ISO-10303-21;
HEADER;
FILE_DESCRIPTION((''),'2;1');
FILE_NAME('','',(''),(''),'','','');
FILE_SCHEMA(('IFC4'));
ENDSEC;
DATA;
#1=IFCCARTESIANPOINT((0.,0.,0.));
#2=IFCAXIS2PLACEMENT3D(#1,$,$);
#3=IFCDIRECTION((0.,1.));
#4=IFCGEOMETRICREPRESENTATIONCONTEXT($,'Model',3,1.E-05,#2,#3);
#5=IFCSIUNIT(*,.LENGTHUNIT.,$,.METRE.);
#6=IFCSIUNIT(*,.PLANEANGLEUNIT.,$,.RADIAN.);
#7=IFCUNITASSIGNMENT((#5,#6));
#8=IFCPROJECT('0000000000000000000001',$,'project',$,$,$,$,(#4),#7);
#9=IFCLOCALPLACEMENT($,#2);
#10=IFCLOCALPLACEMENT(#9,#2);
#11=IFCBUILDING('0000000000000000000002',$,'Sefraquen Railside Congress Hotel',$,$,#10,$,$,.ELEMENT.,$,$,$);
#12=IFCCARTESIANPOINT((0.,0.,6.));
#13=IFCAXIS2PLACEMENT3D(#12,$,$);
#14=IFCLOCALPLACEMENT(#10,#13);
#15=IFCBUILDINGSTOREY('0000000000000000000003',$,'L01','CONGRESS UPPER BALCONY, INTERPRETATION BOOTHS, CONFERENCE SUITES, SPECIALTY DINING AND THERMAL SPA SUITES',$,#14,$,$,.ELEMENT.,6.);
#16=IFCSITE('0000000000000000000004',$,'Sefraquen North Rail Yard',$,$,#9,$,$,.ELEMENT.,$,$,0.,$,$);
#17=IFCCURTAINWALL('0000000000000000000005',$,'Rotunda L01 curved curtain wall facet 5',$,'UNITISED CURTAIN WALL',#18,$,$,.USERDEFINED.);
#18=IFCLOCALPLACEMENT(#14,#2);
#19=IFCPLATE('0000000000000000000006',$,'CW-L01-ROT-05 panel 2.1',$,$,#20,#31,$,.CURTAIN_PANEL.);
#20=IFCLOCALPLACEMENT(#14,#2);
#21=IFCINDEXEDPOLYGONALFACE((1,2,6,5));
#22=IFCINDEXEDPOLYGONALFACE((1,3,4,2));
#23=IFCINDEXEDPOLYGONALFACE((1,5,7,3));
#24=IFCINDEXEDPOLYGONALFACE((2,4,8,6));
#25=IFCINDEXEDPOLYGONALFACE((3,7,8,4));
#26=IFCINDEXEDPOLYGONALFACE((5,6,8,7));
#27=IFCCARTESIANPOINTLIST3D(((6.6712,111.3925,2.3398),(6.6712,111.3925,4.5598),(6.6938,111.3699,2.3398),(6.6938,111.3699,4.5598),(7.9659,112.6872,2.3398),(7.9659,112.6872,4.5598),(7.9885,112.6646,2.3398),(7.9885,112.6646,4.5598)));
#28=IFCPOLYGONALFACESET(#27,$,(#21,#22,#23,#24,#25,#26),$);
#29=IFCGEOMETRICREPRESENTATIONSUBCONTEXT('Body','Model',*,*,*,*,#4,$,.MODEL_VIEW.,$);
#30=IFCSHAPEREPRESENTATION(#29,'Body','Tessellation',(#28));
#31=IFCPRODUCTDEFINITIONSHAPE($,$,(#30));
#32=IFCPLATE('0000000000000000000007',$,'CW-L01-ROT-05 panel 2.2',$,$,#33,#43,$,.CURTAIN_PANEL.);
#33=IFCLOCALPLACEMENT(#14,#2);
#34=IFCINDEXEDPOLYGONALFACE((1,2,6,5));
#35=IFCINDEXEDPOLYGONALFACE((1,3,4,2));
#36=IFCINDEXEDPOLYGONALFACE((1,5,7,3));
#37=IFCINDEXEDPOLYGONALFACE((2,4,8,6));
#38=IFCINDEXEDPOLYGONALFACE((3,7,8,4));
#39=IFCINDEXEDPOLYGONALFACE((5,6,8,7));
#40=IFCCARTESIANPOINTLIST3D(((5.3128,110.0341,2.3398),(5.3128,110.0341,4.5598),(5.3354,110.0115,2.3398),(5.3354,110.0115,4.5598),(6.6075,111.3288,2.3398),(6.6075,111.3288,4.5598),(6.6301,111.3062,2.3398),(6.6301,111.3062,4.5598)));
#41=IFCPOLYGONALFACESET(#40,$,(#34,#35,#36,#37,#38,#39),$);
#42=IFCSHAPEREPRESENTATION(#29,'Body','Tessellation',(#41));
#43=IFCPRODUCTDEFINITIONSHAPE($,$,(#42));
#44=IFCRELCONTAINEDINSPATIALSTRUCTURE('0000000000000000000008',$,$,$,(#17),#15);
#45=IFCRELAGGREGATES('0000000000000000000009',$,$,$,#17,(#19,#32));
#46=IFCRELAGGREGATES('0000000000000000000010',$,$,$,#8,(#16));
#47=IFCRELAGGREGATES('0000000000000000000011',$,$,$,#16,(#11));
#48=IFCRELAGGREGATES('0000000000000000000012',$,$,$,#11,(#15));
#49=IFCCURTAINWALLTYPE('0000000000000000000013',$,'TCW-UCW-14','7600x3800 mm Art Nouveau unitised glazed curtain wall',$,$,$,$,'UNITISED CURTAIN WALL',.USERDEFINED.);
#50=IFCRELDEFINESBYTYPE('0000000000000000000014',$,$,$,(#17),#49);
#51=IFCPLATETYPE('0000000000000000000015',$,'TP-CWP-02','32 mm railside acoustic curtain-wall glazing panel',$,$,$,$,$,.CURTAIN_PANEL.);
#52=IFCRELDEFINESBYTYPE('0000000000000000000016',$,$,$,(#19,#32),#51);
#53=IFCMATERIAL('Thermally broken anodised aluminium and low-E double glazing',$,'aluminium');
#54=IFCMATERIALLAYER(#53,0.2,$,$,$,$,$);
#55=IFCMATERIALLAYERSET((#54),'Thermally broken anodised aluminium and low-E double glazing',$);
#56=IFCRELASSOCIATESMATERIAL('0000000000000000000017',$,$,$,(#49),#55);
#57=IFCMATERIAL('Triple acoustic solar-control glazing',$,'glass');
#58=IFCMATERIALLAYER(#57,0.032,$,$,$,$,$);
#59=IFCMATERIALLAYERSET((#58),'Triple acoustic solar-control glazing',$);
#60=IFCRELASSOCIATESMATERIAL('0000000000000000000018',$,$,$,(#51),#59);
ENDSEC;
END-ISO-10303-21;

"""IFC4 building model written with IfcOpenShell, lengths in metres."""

from ifc_helpers import new_model, si_unit, direction, frame, origin, origin_2d, place, context, subcontext, project, spatial, rectangle, extrude, material, layer, layer_set, type_object, element, aggregate, save


model = new_model("IFC4")

# Units and contexts
model_context = context("Model", 3, precision=1e-05, world=origin(), true_north=direction((0.0, 1.0)))
body_context = subcontext(model_context, "Body", "Model", "MODEL_VIEW")
ifc_project = project(units=[si_unit("LENGTHUNIT", "METRE"), si_unit("PLANEANGLEUNIT", "RADIAN")], contexts=[model_context])

# Site, building, storey
site_placement = place(None, origin())
site = spatial("IfcSite", under=ifc_project, at=site_placement, Name="Sefraquen North Rail Yard", CompositionType="ELEMENT", RefElevation=0.0)
building_placement = place(site_placement, origin())
building = spatial("IfcBuilding", under=site, at=building_placement, Name="Sefraquen Railside Congress Hotel", CompositionType="ELEMENT")
storey_placement = place(building_placement, frame((0.0, 0.0, 6.0)))
storey = spatial("IfcBuildingStorey", under=building, at=storey_placement, Name="L01", Description="CONGRESS UPPER BALCONY, INTERPRETATION BOOTHS, CONFERENCE SUITES, SPECIALTY DINING AND THERMAL SPA SUITES", CompositionType="ELEMENT", Elevation=6.0)

# Curtain wall
ifc_material_1 = material(Name="Thermally broken anodised aluminium and low-E double glazing", Category="aluminium")
ifc_layer_1 = layer(ifc_material_1, 0.2)
ifc_layer_set_1 = layer_set([ifc_layer_1], Name="Thermally broken anodised aluminium and low-E double glazing")
curtain_wall_type_1 = type_object("IfcCurtainWallType", Name="TCW-UCW-14", Description="7600x3800 mm Art Nouveau unitised glazed curtain wall", ElementType="UNITISED CURTAIN WALL", PredefinedType="USERDEFINED", material=ifc_layer_set_1)
curtain_wall_1_placement = place(storey_placement, origin())
curtain_wall_1 = element("IfcCurtainWall", 1, at=curtain_wall_1_placement, inside=storey, type_object=curtain_wall_type_1, Name="Rotunda L01 curved curtain wall facet 5", ObjectType="UNITISED CURTAIN WALL", PredefinedType="USERDEFINED")

# Plates
ifc_material_2 = material(Name="Triple acoustic solar-control glazing", Category="glass")
ifc_layer_2 = layer(ifc_material_2, 0.032)
ifc_layer_set_2 = layer_set([ifc_layer_2], Name="Triple acoustic solar-control glazing")
plate_type_1 = type_object("IfcPlateType", Name="TP-CWP-02", Description="32 mm railside acoustic curtain-wall glazing panel", PredefinedType="CURTAIN_PANEL", material=ifc_layer_set_2)
plate_1_placement = place(storey_placement, frame((7.3298, 112.0286, 2.3398), z_axis=(0.0, 0.0, 1.0), x_axis=(-0.707107, -0.707107, 0.0)))
plate_1 = element("IfcPlate", 2, at=plate_1_placement, type_object=plate_type_1, Name="CW-L01-ROT-05 panel 2.1", PredefinedType="CURTAIN_PANEL", context=body_context, shape_type="SweptSolid", body=[
    extrude(rectangle(XDim=1.8311, YDim=0.032, at=origin_2d()), origin(), (0.0, 0.0, 1.0), 2.22),
])
plate_2_placement = place(storey_placement, frame((5.9714, 110.6702, 2.3398), z_axis=(0.0, 0.0, 1.0), x_axis=(-0.707107, -0.707107, 0.0)))
plate_2 = element("IfcPlate", 3, at=plate_2_placement, type_object=plate_type_1, Name="CW-L01-ROT-05 panel 2.2", PredefinedType="CURTAIN_PANEL", context=body_context, shape_type="SweptSolid", body=[
    extrude(rectangle(XDim=1.8311, YDim=0.032, at=origin_2d()), origin(), (0.0, 0.0, 1.0), 2.22),
])
aggregate(curtain_wall_1, [plate_1, plate_2])

save(model, "model.ifc")
